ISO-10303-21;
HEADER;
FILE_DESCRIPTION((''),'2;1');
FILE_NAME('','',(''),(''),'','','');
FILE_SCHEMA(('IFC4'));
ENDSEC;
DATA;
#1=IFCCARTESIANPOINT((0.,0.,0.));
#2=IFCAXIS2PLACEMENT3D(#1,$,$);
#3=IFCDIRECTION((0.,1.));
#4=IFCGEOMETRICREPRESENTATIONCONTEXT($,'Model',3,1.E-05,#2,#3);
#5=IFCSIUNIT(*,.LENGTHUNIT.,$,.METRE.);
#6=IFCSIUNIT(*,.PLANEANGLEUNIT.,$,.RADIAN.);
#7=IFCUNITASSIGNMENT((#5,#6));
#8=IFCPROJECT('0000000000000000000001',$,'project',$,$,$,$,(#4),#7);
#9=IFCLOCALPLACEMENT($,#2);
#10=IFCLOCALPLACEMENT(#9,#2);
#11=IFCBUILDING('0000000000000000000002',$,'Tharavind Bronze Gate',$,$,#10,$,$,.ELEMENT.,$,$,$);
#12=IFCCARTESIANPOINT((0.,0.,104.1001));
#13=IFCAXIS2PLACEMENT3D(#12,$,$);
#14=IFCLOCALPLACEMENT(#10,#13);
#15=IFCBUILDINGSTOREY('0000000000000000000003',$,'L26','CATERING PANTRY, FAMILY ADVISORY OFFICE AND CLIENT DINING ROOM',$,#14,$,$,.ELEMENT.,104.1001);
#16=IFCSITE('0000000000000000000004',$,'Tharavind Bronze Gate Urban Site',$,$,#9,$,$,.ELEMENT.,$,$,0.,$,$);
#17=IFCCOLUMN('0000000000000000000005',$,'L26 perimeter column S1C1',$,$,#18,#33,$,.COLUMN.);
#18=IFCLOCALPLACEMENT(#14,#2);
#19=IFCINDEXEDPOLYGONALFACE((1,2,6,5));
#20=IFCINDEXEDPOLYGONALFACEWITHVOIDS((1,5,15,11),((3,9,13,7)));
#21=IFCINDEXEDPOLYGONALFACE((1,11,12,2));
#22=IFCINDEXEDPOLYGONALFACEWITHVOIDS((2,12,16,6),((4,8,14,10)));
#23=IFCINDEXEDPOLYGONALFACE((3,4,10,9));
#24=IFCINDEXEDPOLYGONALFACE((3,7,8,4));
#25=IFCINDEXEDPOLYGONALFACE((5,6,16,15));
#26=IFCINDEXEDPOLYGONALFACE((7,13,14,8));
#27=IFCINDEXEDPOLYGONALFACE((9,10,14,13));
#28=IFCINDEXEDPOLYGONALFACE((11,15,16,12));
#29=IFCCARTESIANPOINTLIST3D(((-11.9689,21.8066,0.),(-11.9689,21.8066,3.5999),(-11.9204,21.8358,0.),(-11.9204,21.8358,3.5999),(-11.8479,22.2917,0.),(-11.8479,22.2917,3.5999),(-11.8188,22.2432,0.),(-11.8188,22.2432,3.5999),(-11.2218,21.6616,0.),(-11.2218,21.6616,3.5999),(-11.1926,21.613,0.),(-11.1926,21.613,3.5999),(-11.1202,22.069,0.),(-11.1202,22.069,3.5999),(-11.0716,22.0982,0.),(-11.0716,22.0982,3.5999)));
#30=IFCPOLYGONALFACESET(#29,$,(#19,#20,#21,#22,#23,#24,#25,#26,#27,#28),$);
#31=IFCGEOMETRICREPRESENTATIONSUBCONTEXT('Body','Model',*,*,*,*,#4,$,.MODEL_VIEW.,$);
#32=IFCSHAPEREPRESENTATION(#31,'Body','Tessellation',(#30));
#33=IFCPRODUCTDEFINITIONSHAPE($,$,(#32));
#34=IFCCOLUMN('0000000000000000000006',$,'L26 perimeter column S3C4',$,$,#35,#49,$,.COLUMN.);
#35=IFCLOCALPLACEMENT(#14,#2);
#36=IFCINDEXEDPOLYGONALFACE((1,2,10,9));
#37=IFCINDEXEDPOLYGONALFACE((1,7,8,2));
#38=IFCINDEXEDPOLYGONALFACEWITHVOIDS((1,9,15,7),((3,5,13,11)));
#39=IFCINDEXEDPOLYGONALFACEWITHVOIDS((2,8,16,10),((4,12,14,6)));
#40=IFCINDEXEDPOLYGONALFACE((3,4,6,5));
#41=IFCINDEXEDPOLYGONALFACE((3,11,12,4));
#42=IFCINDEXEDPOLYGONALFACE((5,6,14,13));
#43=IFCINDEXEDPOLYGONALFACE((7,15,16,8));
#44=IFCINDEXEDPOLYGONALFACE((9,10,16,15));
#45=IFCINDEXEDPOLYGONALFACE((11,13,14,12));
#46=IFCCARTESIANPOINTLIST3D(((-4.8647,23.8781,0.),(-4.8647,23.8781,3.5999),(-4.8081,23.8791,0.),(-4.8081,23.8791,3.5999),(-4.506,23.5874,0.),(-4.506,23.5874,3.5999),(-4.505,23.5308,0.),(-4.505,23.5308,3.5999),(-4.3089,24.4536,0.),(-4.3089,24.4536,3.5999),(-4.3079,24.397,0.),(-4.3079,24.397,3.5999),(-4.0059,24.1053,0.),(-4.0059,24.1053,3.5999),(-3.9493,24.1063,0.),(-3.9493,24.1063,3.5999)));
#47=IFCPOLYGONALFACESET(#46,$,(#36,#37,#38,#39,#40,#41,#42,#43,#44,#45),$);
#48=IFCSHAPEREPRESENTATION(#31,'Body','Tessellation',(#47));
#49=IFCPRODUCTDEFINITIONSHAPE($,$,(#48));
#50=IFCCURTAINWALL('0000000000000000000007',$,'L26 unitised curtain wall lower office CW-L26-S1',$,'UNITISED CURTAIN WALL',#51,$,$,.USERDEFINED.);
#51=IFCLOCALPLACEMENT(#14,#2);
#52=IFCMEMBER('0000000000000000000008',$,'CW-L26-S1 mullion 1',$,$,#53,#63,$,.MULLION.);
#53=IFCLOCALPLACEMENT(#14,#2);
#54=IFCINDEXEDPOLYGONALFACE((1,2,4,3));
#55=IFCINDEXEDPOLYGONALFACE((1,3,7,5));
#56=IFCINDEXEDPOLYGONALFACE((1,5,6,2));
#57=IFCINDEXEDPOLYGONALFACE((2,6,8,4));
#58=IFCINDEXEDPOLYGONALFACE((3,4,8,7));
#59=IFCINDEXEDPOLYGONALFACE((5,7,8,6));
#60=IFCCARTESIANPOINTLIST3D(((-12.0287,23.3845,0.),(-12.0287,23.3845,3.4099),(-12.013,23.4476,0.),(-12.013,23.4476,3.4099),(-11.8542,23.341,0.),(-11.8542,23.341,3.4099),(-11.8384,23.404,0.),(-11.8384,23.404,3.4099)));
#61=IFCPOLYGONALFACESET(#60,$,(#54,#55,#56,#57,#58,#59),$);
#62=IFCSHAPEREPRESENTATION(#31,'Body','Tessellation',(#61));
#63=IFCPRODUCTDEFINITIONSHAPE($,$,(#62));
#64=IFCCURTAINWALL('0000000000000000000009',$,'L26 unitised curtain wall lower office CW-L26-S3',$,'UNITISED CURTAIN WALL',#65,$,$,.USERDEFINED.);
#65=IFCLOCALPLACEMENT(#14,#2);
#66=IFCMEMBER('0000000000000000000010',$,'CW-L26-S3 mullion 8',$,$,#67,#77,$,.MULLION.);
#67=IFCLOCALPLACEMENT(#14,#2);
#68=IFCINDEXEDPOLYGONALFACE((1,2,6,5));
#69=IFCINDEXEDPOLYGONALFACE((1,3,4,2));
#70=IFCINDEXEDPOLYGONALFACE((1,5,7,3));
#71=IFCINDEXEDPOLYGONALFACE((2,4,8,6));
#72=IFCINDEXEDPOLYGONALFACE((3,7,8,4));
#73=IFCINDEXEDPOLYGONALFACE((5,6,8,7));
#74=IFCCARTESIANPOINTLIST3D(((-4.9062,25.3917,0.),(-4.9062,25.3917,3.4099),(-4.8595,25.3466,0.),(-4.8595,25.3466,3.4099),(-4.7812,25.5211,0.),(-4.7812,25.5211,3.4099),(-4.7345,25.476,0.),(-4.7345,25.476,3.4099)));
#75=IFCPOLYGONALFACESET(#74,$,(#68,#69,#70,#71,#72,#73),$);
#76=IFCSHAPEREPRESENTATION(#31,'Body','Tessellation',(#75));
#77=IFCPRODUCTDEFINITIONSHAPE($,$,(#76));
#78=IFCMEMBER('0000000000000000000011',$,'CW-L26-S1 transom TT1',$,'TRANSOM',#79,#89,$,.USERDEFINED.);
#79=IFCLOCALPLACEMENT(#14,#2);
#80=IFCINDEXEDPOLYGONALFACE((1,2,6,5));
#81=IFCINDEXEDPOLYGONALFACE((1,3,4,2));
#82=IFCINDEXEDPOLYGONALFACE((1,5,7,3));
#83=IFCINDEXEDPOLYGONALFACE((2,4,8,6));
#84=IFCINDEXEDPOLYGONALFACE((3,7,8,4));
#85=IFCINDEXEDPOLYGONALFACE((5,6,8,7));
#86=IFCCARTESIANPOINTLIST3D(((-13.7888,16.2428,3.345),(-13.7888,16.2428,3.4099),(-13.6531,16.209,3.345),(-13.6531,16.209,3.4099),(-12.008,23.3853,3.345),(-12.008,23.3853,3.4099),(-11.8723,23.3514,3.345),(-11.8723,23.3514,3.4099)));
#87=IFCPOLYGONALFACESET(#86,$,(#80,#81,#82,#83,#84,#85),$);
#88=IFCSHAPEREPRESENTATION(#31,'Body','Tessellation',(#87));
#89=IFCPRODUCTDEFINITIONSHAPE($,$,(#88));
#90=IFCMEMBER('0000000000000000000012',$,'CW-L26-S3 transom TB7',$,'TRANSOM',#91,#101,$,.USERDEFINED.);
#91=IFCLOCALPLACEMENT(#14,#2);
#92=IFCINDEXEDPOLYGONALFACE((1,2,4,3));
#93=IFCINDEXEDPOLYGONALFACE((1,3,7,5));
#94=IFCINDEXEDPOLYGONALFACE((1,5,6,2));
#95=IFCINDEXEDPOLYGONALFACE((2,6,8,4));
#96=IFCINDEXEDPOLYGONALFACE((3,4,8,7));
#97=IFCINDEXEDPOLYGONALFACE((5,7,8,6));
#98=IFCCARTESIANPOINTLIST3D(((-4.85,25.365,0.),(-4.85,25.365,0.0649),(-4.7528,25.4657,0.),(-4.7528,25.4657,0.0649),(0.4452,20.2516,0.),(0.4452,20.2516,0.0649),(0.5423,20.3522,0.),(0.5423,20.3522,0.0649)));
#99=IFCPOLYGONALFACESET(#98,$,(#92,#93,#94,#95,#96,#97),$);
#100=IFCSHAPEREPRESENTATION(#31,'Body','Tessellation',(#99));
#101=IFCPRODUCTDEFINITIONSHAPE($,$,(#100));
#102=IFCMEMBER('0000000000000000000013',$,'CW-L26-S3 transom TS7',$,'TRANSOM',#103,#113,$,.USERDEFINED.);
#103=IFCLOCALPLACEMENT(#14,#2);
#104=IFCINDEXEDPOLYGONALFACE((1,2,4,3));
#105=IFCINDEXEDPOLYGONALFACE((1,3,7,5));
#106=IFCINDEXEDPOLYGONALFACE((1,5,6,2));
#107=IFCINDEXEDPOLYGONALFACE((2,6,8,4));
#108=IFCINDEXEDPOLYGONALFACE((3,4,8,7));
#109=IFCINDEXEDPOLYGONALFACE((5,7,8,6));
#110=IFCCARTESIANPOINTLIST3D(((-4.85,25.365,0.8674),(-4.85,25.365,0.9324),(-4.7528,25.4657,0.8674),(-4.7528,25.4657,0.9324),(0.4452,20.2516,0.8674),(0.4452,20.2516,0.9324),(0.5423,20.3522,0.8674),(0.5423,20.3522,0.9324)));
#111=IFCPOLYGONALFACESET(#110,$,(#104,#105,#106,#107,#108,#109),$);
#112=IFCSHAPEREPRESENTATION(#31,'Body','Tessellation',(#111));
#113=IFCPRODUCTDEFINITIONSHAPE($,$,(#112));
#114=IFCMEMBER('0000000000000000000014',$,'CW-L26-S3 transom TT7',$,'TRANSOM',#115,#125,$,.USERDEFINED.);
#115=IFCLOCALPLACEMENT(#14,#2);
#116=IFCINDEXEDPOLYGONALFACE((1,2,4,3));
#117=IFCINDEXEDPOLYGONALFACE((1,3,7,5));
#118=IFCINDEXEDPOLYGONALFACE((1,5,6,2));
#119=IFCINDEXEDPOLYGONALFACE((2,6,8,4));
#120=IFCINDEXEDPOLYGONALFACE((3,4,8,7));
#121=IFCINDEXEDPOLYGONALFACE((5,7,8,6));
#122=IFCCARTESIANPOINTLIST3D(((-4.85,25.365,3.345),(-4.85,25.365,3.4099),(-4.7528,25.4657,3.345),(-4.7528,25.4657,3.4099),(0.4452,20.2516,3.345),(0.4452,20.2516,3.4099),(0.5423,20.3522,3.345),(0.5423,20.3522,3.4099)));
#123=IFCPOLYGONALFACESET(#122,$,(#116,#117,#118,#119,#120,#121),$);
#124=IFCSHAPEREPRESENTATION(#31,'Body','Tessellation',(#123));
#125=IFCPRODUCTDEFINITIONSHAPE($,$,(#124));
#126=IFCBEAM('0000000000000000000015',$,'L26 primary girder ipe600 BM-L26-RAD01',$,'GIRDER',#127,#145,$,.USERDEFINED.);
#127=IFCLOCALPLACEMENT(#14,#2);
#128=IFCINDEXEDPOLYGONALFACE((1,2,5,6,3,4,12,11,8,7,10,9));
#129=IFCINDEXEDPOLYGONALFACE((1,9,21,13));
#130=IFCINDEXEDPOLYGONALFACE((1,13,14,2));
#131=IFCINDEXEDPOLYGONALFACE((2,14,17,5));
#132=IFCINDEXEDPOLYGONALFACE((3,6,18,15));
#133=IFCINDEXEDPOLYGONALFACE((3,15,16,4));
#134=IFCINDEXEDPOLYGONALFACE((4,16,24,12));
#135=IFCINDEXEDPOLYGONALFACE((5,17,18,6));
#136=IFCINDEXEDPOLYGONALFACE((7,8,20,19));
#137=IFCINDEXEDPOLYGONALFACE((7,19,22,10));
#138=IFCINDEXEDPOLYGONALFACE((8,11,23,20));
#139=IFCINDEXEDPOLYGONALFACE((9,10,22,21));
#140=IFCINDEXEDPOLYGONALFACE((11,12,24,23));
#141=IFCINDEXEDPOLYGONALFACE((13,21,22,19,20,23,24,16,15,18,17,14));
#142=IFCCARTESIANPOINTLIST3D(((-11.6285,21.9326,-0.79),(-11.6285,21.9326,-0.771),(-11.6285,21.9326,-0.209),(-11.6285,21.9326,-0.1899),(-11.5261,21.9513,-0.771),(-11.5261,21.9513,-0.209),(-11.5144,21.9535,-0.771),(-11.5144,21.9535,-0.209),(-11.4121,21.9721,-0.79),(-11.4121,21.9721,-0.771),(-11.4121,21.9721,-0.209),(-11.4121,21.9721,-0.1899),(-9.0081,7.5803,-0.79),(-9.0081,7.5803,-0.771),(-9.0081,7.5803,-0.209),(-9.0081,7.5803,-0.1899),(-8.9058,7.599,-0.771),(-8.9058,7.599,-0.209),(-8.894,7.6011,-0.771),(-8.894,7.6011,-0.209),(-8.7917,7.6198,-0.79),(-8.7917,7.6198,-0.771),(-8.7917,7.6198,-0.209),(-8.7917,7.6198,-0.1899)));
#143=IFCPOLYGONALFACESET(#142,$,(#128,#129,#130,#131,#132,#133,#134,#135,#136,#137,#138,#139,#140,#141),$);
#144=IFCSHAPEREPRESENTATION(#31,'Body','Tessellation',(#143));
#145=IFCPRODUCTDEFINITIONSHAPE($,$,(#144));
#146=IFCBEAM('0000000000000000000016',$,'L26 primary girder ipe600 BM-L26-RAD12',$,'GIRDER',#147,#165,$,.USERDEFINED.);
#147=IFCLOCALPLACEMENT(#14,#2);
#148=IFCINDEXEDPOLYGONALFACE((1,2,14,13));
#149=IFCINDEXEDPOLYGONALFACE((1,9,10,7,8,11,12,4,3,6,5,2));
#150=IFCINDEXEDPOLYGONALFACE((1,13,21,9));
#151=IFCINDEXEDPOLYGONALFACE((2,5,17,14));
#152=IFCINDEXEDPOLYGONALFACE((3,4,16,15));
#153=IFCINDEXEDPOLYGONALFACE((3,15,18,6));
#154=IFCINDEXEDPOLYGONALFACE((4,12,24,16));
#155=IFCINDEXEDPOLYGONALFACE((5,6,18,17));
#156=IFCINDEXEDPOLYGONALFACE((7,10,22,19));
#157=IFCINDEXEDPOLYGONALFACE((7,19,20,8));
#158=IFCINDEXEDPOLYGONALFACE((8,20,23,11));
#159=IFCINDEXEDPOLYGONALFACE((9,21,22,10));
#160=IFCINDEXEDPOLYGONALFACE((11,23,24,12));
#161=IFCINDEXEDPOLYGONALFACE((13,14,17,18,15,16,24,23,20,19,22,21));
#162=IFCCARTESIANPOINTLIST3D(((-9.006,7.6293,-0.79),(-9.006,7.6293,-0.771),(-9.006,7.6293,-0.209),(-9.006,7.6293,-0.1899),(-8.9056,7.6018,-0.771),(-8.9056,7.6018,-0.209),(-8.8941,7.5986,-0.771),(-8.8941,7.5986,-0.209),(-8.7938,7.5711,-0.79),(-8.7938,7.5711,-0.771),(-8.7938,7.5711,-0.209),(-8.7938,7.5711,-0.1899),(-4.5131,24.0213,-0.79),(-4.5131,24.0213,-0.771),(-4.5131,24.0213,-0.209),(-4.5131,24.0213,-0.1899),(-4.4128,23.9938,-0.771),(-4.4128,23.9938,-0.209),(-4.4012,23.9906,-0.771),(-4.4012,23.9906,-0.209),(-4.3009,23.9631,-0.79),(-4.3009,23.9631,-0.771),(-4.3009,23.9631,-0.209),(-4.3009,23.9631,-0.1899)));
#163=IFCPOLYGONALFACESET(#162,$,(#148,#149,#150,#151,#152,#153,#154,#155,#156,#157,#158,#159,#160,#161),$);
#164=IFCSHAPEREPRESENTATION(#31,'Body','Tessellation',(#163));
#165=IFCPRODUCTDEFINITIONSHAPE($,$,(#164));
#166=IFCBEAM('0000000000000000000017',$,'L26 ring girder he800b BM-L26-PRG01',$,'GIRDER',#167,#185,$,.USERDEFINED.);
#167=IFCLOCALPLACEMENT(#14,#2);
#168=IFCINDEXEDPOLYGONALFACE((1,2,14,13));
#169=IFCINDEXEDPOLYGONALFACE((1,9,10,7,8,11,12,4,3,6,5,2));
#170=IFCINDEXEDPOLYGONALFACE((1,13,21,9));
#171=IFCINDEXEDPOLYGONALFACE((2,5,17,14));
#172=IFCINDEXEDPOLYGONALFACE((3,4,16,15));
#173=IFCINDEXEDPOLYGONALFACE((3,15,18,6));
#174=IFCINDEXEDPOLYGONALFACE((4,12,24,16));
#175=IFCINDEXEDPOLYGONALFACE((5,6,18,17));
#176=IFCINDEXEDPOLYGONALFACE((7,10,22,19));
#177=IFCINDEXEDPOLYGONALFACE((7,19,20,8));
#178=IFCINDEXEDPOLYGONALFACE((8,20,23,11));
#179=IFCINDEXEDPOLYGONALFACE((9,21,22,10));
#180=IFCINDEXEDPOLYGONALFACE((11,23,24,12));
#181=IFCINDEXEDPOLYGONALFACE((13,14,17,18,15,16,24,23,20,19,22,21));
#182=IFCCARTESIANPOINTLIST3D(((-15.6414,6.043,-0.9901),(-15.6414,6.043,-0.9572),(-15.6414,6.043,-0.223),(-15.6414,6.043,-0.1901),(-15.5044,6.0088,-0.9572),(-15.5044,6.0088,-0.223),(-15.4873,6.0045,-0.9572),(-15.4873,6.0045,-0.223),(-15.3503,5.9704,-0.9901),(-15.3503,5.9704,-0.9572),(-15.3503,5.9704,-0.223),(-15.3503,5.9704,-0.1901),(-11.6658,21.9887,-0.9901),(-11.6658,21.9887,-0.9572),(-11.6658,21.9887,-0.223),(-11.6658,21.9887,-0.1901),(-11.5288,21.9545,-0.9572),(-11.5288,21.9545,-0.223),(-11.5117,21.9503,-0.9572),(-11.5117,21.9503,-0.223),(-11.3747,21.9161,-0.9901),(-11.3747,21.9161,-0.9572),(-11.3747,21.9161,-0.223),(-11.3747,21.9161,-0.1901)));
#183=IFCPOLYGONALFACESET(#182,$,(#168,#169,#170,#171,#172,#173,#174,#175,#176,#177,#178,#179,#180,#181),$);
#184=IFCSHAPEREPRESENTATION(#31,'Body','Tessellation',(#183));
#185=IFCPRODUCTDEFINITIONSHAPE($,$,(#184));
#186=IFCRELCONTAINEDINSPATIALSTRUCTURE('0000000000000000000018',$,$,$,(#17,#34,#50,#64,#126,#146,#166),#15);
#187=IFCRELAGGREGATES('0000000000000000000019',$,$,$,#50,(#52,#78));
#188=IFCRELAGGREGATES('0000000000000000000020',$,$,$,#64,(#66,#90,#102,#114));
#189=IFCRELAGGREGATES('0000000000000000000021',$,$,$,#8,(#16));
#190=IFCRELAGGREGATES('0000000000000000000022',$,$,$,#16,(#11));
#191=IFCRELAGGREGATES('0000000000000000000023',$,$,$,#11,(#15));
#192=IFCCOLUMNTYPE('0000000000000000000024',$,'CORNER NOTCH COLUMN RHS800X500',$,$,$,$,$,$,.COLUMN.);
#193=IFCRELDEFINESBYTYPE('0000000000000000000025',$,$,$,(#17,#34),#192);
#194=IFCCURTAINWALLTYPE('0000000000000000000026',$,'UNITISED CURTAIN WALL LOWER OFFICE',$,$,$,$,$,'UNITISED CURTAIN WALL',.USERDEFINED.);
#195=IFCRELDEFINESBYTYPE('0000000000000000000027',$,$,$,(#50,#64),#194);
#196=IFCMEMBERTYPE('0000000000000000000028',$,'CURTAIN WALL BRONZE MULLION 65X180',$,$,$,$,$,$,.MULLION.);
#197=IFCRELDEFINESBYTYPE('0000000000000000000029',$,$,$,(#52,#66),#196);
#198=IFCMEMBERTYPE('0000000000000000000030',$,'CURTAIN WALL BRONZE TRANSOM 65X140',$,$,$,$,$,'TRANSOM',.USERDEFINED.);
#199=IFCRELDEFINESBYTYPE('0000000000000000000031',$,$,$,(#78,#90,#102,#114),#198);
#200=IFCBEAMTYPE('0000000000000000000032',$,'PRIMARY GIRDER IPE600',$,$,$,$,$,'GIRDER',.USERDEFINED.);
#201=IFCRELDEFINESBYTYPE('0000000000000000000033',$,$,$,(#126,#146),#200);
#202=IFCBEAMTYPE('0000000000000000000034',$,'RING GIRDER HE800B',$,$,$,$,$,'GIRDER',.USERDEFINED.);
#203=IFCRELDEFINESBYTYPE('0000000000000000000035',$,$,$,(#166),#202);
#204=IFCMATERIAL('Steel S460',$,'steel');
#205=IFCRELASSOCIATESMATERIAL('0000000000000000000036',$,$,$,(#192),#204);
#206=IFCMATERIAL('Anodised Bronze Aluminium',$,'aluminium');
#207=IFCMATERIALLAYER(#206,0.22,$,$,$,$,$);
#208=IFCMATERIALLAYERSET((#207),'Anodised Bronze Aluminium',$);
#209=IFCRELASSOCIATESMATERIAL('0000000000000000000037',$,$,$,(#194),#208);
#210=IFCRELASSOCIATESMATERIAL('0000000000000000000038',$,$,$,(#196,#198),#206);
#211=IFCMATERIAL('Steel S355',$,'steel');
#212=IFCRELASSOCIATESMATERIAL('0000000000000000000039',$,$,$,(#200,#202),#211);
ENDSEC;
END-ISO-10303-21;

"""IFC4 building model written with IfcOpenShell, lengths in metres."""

from ifc_helpers import new_model, si_unit, direction, frame, origin, origin_2d, place, context, subcontext, project, spatial, rectangle, hollow_rectangle, i_section, extrude, material, layer, layer_set, material_profile, profile_set, type_object, element, aggregate, save


model = new_model("IFC4")

# Units and contexts
model_context = context("Model", 3, precision=1e-05, world=origin(), true_north=direction((0.0, 1.0)))
body_context = subcontext(model_context, "Body", "Model", "MODEL_VIEW")
ifc_project = project(units=[si_unit("LENGTHUNIT", "METRE"), si_unit("PLANEANGLEUNIT", "RADIAN")], contexts=[model_context])

# Site, building, storey
site_placement = place(None, origin())
site = spatial("IfcSite", under=ifc_project, at=site_placement, Name="Tharavind Bronze Gate Urban Site", CompositionType="ELEMENT", RefElevation=0.0)
building_placement = place(site_placement, origin())
building = spatial("IfcBuilding", under=site, at=building_placement, Name="Tharavind Bronze Gate", CompositionType="ELEMENT")
storey_placement = place(building_placement, frame((0.0, 0.0, 104.1001)))
storey = spatial("IfcBuildingStorey", under=building, at=storey_placement, Name="L26", Description="CATERING PANTRY, FAMILY ADVISORY OFFICE AND CLIENT DINING ROOM", CompositionType="ELEMENT", Elevation=104.1001)

# Columns
ifc_material_1 = material(Name="Steel S460", Category="steel")
ifc_material_profile_1 = material_profile(ifc_material_1, hollow_rectangle(XDim=0.5, YDim=0.8, WallThickness=0.04, at=origin_2d()), Name="RHS800X500X40")
ifc_profile_set_1 = profile_set([ifc_material_profile_1], Name="Steel S460")
column_type = type_object("IfcColumnType", Name="CORNER NOTCH COLUMN RHS800X500", PredefinedType="COLUMN", material=ifc_profile_set_1)
for number, where, z_axis, x_axis, name in (
    (1, (-11.5203, 21.9524, 0.0), (0.0, 0.0, 1.0), (0.241922, 0.970296, 0.0), "L26 perimeter column S1C1"),
    (2, (-4.407, 23.9922, 0.0), (0.0, 0.0, 1.0), (-0.71934, 0.694658, 0.0), "L26 perimeter column S3C4"),
):
    element("IfcColumn", number, at=place(storey_placement, frame(where, z_axis=z_axis, x_axis=x_axis)), inside=storey, type_object=column_type, Name=name, PredefinedType="COLUMN", context=body_context, shape_type="SweptSolid", body=[
        extrude(hollow_rectangle(XDim=0.5, YDim=0.8, WallThickness=0.04, at=origin_2d()), origin(), (0.0, 0.0, 1.0), 3.5999),
    ])

# Curtain walls, members
ifc_material_2 = material(Name="Anodised Bronze Aluminium", Category="aluminium")
ifc_layer_1 = layer(ifc_material_2, 0.22)
ifc_layer_set_1 = layer_set([ifc_layer_1], Name="Anodised Bronze Aluminium")
curtain_wall_type = type_object("IfcCurtainWallType", Name="UNITISED CURTAIN WALL LOWER OFFICE", ElementType="UNITISED CURTAIN WALL", PredefinedType="USERDEFINED", material=ifc_layer_set_1)
curtain_wall_1_placement = place(storey_placement, origin())
curtain_wall_1 = element("IfcCurtainWall", 3, at=curtain_wall_1_placement, inside=storey, type_object=curtain_wall_type, Name="L26 unitised curtain wall lower office CW-L26-S1", ObjectType="UNITISED CURTAIN WALL", PredefinedType="USERDEFINED")
member_type_1 = type_object("IfcMemberType", Name="CURTAIN WALL BRONZE MULLION 65X180", PredefinedType="MULLION", material=ifc_material_2)
member_1_placement = place(storey_placement, frame((-11.9336, 23.3943, 0.0), z_axis=(0.0, 0.0, 1.0), x_axis=(-0.241922, -0.970296, 0.0)))
member_1 = element("IfcMember", 4, at=member_1_placement, type_object=member_type_1, Name="CW-L26-S1 mullion 1", PredefinedType="MULLION", context=body_context, shape_type="SweptSolid", body=[
    extrude(rectangle(XDim=0.0649, YDim=0.1799, at=origin_2d()), origin(), (0.0, 0.0, 1.0), 3.4099),
])
curtain_wall_2_placement = place(storey_placement, origin())
curtain_wall_2 = element("IfcCurtainWall", 5, at=curtain_wall_2_placement, inside=storey, type_object=curtain_wall_type, Name="L26 unitised curtain wall lower office CW-L26-S3", ObjectType="UNITISED CURTAIN WALL", PredefinedType="USERDEFINED")
member_2_placement = place(storey_placement, frame((-4.8203, 25.4338, 0.0), z_axis=(0.0, 0.0, 1.0), x_axis=(-0.719341, 0.694657, 0.0)))
member_2 = element("IfcMember", 6, at=member_2_placement, type_object=member_type_1, Name="CW-L26-S3 mullion 8", PredefinedType="MULLION", context=body_context, shape_type="SweptSolid", body=[
    extrude(rectangle(XDim=0.0649, YDim=0.1799, at=origin_2d()), origin(), (0.0, 0.0, 1.0), 3.4099),
])

# Members
member_type_2 = type_object("IfcMemberType", Name="CURTAIN WALL BRONZE TRANSOM 65X140", ElementType="TRANSOM", PredefinedType="USERDEFINED", material=ifc_material_2)
member_3_placement = place(storey_placement, frame((-12.8306, 19.7971, 3.345), z_axis=(0.0, 0.0, 1.0), x_axis=(-0.241922, -0.970296, 0.0)))
member_3 = element("IfcMember", 7, at=member_3_placement, type_object=member_type_2, Name="CW-L26-S1 transom TT1", ObjectType="TRANSOM", PredefinedType="USERDEFINED", context=body_context, shape_type="SweptSolid", body=[
    extrude(rectangle(XDim=7.3611, YDim=0.1399, at=origin_2d()), origin(), (0.0, 0.0, 1.0), 0.0649),
])
member_4_placement = place(storey_placement, frame((-2.1538, 22.8586, 0.0), z_axis=(0.0, 0.0, 1.0), x_axis=(-0.719341, 0.694657, 0.0)))
member_4 = element("IfcMember", 8, at=member_4_placement, type_object=member_type_2, Name="CW-L26-S3 transom TB7", ObjectType="TRANSOM", PredefinedType="USERDEFINED", context=body_context, shape_type="SweptSolid", body=[
    extrude(rectangle(XDim=7.3611, YDim=0.1399, at=origin_2d()), origin(), (0.0, 0.0, 1.0), 0.0649),
])
member_5_placement = place(storey_placement, frame((-2.1538, 22.8586, 0.8674), z_axis=(0.0, 0.0, 1.0), x_axis=(-0.719341, 0.694657, 0.0)))
member_5 = element("IfcMember", 9, at=member_5_placement, type_object=member_type_2, Name="CW-L26-S3 transom TS7", ObjectType="TRANSOM", PredefinedType="USERDEFINED", context=body_context, shape_type="SweptSolid", body=[
    extrude(rectangle(XDim=7.3611, YDim=0.1399, at=origin_2d()), origin(), (0.0, 0.0, 1.0), 0.0649),
])
member_6_placement = place(storey_placement, frame((-2.1538, 22.8586, 3.345), z_axis=(0.0, 0.0, 1.0), x_axis=(-0.719341, 0.694657, 0.0)))
member_6 = element("IfcMember", 10, at=member_6_placement, type_object=member_type_2, Name="CW-L26-S3 transom TT7", ObjectType="TRANSOM", PredefinedType="USERDEFINED", context=body_context, shape_type="SweptSolid", body=[
    extrude(rectangle(XDim=7.3611, YDim=0.1399, at=origin_2d()), origin(), (0.0, 0.0, 1.0), 0.0649),
])

# Beams
ifc_material_3 = material(Name="Steel S355", Category="steel")
ifc_material_profile_2 = material_profile(ifc_material_3, i_section(OverallWidth=0.22, OverallDepth=0.6001, WebThickness=0.012, FlangeThickness=0.019, at=origin_2d()), Name="IPE600")
ifc_profile_set_2 = profile_set([ifc_material_profile_2], Name="Steel S355")
beam_type_1 = type_object("IfcBeamType", Name="PRIMARY GIRDER IPE600", ElementType="GIRDER", PredefinedType="USERDEFINED", material=ifc_profile_set_2)
beam_1_placement = place(storey_placement, frame((-11.5203, 21.9524, -0.49), z_axis=(0.179605, -0.983739, 0.0), x_axis=(0.983739, 0.179605, 0.0)))
element("IfcBeam", 11, at=beam_1_placement, inside=storey, type_object=beam_type_1, Name="L26 primary girder ipe600 BM-L26-RAD01", ObjectType="GIRDER", PredefinedType="USERDEFINED", context=body_context, shape_type="SweptSolid", body=[
    extrude(i_section(OverallWidth=0.22, OverallDepth=0.6001, WebThickness=0.012, FlangeThickness=0.019, at=origin_2d()), origin(), (0.0, 0.0, 1.0), 14.5896),
])
beam_2_placement = place(storey_placement, frame((-4.407, 23.9922, -0.49), z_axis=(-0.264341, -0.964429, 0.0), x_axis=(0.964429, -0.264341, 0.0)))
element("IfcBeam", 12, at=beam_2_placement, inside=storey, type_object=beam_type_1, Name="L26 primary girder ipe600 BM-L26-RAD12", ObjectType="GIRDER", PredefinedType="USERDEFINED", context=body_context, shape_type="SweptSolid", body=[
    extrude(i_section(OverallWidth=0.22, OverallDepth=0.6001, WebThickness=0.012, FlangeThickness=0.019, at=origin_2d()), origin(), (0.0, 0.0, 1.0), 16.9966),
])
ifc_material_profile_3 = material_profile(ifc_material_3, i_section(OverallWidth=0.3, OverallDepth=0.8, WebThickness=0.0176, FlangeThickness=0.033, at=origin_2d()), Name="HE800B")
ifc_profile_set_3 = profile_set([ifc_material_profile_3], Name="Steel S355")
beam_type_2 = type_object("IfcBeamType", Name="RING GIRDER HE800B", ElementType="GIRDER", PredefinedType="USERDEFINED", material=ifc_profile_set_3)
beam_3_placement = place(storey_placement, frame((-11.5203, 21.9524, -0.5901), z_axis=(-0.241913, -0.970298, 0.0), x_axis=(0.970298, -0.241913, 0.0)))
element("IfcBeam", 13, at=beam_3_placement, inside=storey, type_object=beam_type_2, Name="L26 ring girder he800b BM-L26-PRG01", ObjectType="GIRDER", PredefinedType="USERDEFINED", context=body_context, shape_type="SweptSolid", body=[
    extrude(i_section(OverallWidth=0.3, OverallDepth=0.8, WebThickness=0.0176, FlangeThickness=0.033, at=origin_2d()), origin(), (0.0, 0.0, 1.0), 16.4338),
])

aggregate(curtain_wall_1, [member_1, member_3])
aggregate(curtain_wall_2, [member_2, member_4, member_5, member_6])

save(model, "model.ifc")
